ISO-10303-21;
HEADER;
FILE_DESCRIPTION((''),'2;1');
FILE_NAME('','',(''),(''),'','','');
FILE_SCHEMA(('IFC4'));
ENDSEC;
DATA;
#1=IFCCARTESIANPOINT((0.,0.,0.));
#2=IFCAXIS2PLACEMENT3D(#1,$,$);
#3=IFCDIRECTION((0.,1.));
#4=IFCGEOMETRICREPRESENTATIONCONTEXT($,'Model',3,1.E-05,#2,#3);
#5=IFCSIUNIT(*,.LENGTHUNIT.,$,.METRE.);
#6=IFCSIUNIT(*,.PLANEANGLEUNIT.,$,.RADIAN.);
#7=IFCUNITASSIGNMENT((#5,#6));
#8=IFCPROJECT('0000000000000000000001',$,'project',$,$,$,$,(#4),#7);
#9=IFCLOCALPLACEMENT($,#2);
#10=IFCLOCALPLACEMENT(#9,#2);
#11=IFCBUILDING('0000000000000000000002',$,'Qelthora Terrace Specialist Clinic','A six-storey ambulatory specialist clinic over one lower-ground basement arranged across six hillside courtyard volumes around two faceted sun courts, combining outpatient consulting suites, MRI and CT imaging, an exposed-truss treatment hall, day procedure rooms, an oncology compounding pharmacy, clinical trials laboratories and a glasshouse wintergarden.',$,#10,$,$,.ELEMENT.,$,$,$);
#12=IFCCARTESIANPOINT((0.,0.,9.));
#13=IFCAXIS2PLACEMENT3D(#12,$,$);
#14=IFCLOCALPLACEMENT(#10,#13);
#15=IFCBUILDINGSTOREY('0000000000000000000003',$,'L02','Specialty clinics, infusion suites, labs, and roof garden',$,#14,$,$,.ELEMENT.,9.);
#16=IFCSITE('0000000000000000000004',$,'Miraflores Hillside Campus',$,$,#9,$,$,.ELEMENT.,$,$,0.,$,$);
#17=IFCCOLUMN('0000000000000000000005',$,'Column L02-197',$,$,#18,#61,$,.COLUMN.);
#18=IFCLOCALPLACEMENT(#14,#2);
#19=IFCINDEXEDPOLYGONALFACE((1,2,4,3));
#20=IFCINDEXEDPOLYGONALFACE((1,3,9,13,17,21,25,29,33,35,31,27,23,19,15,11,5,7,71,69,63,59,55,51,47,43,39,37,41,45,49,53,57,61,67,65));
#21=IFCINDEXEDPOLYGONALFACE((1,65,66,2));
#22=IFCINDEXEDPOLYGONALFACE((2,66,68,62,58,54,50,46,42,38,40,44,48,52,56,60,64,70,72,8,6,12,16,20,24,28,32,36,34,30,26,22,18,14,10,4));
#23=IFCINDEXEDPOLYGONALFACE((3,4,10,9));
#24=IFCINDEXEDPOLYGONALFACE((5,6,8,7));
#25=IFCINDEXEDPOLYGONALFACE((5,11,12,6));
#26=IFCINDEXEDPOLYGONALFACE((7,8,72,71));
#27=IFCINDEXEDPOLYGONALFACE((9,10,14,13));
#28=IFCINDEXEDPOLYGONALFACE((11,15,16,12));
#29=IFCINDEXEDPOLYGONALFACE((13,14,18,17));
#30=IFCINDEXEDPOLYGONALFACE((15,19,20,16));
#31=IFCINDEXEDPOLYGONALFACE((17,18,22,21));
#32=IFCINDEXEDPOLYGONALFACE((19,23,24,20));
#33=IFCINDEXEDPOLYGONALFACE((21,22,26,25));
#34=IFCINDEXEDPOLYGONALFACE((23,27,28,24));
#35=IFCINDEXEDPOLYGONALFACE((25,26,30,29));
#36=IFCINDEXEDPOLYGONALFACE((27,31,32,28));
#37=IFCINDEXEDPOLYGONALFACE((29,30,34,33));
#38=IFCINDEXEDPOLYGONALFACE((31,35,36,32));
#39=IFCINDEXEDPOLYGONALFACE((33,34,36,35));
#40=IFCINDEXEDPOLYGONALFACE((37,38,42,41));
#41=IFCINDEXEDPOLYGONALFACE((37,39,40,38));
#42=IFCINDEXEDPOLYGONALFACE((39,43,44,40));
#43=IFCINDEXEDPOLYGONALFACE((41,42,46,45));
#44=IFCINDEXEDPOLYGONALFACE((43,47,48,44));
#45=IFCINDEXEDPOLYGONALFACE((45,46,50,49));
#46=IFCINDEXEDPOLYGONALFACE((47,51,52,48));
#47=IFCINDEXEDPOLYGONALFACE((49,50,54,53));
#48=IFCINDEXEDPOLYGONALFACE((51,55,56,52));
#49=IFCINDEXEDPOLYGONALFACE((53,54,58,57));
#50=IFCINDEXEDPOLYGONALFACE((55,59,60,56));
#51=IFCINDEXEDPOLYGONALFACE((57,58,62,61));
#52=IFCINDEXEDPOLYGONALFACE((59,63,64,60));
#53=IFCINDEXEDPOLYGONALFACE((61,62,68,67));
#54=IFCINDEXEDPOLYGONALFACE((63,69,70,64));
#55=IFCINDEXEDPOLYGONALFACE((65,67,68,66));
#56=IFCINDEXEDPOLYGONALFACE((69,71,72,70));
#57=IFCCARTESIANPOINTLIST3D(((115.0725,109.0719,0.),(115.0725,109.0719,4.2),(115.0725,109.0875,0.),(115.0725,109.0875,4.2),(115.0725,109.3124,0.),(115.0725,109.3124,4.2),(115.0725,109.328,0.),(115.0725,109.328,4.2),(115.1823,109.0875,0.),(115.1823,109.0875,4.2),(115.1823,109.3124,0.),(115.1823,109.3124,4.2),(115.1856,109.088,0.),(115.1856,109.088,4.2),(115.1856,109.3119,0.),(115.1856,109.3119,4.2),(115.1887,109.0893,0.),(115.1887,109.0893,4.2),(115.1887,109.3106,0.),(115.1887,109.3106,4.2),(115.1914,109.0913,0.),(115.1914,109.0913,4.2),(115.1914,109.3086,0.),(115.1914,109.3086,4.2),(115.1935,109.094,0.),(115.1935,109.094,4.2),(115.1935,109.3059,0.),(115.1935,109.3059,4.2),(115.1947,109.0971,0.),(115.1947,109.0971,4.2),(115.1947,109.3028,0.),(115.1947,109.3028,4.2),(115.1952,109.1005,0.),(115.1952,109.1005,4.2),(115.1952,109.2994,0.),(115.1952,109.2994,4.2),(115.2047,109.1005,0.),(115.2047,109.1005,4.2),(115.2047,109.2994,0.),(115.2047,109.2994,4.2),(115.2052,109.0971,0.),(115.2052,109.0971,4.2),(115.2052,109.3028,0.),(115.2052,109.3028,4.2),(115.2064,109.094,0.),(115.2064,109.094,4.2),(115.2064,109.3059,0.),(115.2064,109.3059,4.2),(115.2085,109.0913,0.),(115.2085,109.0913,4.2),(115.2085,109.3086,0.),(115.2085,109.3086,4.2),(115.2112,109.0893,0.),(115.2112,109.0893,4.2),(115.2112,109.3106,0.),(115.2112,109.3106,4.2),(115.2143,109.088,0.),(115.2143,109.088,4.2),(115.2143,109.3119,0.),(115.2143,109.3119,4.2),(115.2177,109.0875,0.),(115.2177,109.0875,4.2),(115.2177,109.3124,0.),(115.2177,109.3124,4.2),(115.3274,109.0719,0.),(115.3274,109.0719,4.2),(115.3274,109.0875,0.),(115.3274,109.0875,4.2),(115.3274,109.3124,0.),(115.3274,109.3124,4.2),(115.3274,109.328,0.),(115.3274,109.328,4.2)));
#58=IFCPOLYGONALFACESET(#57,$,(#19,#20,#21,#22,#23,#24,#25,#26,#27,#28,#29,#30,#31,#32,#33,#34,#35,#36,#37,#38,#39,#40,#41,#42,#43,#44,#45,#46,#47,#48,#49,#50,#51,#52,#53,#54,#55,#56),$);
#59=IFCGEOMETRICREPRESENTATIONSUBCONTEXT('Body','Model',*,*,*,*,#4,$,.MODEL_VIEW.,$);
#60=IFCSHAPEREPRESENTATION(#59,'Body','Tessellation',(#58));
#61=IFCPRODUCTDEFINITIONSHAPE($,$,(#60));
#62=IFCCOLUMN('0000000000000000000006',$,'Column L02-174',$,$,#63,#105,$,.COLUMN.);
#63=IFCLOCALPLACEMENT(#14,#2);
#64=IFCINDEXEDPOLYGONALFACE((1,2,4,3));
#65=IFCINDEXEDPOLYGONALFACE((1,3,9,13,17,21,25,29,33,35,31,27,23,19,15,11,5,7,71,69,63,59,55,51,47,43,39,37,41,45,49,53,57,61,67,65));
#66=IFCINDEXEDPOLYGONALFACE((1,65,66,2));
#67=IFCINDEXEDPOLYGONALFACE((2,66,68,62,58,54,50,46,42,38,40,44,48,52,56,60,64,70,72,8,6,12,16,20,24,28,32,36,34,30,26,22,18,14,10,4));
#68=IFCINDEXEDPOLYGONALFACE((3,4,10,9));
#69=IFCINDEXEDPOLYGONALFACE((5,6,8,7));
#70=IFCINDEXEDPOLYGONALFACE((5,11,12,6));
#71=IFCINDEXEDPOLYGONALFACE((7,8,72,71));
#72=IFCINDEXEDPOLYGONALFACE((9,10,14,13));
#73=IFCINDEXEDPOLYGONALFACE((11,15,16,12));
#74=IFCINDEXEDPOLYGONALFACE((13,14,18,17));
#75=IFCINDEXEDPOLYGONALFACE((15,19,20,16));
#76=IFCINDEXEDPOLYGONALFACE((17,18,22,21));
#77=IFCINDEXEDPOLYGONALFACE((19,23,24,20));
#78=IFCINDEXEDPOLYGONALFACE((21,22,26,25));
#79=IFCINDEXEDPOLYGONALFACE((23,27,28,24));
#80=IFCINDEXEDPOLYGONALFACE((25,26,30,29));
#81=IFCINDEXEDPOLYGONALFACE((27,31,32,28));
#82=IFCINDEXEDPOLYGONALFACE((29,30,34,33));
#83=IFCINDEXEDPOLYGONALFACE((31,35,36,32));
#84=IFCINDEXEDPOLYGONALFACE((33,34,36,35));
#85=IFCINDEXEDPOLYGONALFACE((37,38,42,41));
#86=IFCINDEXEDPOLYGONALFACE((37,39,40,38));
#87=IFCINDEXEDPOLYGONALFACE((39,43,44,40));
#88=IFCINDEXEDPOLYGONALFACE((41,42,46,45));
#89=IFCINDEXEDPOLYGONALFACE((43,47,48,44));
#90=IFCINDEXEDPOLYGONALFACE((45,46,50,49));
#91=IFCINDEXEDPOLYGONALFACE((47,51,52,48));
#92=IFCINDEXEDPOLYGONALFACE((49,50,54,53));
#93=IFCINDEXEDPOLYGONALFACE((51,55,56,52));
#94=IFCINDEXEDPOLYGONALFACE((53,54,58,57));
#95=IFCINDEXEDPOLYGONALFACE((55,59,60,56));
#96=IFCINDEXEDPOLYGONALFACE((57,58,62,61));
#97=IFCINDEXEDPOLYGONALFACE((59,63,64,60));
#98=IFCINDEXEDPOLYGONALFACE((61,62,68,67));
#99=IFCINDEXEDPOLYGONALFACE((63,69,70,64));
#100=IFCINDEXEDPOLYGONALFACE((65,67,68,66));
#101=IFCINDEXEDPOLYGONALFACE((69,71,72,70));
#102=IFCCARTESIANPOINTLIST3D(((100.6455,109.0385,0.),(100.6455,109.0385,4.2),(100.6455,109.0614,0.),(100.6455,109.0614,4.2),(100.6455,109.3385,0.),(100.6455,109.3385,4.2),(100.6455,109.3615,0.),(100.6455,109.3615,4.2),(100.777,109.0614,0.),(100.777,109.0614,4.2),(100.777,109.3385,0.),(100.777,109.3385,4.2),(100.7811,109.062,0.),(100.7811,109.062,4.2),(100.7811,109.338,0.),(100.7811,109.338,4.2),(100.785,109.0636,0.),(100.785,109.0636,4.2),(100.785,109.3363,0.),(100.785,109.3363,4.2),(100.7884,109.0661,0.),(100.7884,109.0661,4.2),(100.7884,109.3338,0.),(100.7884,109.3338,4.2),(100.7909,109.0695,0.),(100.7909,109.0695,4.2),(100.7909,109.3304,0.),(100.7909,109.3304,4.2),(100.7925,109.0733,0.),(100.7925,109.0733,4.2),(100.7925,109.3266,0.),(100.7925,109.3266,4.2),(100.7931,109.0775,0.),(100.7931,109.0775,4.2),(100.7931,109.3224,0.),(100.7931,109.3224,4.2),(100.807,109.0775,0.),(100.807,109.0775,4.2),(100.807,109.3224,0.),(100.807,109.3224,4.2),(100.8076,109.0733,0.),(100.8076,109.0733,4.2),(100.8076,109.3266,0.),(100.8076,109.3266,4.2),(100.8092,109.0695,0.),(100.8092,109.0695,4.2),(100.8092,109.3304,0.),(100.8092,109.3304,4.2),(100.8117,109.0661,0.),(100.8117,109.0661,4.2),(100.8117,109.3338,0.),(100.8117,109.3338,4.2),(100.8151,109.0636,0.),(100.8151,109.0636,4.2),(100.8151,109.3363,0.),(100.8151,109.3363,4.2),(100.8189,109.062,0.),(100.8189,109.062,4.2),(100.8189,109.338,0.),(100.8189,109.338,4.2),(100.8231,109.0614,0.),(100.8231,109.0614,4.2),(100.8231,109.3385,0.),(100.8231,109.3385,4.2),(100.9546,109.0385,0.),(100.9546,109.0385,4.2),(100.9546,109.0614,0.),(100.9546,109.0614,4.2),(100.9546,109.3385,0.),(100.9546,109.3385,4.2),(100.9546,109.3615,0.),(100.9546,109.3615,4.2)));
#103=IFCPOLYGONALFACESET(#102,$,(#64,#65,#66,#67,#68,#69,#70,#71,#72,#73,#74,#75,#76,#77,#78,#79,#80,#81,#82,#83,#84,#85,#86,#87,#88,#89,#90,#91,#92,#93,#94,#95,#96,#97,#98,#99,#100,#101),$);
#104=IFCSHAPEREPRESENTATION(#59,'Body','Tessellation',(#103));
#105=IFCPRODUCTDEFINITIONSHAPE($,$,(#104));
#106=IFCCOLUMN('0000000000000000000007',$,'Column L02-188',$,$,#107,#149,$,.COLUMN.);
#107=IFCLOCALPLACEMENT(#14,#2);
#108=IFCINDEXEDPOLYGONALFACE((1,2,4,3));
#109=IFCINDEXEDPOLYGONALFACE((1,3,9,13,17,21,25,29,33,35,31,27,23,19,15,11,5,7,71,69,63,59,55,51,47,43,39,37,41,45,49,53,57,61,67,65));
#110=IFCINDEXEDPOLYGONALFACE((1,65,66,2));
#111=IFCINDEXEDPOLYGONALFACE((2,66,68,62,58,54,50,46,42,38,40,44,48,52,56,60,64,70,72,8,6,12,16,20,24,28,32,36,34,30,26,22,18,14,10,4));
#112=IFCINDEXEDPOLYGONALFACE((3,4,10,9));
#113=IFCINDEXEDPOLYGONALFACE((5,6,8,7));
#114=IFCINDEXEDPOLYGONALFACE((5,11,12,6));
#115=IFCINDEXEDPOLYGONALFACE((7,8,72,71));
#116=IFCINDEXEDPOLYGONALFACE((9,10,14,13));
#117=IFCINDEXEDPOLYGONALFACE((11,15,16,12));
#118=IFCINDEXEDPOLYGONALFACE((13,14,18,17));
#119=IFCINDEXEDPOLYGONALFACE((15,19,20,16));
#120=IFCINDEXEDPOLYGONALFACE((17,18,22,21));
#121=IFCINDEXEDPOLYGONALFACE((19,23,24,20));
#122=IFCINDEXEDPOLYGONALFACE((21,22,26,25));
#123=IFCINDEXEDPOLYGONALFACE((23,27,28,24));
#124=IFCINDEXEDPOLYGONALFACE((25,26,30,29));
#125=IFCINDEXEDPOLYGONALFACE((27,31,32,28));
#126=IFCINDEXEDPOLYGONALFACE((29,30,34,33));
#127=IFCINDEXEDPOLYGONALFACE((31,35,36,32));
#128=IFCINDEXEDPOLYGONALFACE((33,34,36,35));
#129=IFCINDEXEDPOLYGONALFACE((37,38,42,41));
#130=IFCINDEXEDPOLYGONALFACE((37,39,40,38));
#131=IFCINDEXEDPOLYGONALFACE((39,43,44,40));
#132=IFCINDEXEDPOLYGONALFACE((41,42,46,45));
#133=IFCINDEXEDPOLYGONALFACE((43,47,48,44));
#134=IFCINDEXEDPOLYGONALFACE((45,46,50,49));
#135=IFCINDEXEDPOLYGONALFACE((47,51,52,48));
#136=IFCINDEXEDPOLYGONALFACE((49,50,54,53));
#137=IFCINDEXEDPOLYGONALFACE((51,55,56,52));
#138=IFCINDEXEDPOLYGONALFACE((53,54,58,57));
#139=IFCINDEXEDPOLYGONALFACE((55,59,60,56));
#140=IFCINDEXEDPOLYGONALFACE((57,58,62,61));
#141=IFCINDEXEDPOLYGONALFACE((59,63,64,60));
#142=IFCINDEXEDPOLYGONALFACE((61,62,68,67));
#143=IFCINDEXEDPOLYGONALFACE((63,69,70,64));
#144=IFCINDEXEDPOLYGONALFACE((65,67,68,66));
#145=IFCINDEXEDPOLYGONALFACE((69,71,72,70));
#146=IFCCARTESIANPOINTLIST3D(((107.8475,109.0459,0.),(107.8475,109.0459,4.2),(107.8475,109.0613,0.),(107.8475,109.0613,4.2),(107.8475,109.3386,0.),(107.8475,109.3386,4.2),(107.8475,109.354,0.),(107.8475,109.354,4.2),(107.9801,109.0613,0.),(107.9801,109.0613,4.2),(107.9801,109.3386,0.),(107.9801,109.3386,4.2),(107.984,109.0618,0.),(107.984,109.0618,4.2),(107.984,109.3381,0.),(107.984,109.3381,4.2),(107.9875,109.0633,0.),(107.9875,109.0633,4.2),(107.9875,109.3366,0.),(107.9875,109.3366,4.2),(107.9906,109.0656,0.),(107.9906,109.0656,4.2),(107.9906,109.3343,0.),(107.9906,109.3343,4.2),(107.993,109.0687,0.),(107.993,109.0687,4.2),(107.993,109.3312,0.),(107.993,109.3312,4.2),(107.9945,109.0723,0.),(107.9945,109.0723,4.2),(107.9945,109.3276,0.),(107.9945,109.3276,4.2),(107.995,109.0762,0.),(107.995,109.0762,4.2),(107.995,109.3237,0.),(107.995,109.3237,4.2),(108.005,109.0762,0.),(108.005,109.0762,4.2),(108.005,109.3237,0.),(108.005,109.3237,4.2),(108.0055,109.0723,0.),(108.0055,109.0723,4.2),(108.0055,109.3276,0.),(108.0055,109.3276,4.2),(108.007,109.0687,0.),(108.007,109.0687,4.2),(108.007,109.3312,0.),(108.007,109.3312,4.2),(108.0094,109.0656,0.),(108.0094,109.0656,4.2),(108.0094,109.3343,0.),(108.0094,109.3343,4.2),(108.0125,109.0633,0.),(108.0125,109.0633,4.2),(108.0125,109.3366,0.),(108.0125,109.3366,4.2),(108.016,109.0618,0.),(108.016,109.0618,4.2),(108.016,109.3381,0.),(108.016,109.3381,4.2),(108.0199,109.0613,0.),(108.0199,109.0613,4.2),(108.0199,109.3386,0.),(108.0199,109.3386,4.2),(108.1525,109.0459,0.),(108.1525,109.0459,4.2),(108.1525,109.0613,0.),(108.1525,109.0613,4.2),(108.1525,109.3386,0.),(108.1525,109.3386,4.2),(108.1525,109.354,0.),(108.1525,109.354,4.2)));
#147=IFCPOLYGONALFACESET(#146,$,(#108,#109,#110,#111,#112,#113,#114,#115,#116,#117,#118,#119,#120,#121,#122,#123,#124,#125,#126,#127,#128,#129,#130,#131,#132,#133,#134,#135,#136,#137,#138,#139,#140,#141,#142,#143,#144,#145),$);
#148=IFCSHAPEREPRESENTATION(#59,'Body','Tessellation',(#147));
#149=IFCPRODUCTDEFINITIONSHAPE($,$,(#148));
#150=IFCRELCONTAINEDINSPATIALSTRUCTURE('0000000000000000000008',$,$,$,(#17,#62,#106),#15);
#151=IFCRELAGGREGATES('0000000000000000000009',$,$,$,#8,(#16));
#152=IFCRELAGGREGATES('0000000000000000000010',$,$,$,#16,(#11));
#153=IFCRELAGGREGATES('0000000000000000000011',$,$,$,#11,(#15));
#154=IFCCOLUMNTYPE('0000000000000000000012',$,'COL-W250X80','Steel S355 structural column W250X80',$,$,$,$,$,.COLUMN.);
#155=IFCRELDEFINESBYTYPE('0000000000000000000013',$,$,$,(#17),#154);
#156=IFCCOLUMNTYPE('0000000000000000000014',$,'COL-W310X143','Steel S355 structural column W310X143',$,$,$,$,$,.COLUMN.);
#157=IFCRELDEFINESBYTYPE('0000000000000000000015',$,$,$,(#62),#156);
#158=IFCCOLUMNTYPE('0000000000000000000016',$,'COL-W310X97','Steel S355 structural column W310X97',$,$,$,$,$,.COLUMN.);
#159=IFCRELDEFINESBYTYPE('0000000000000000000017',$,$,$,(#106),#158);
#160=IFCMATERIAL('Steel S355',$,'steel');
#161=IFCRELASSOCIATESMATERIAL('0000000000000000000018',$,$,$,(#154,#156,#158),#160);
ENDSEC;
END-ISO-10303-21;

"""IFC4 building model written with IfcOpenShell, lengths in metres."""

from ifc_helpers import new_model, si_unit, direction, frame, origin, origin_2d, place, context, subcontext, project, spatial, i_section, extrude, material, material_profile, profile_set, type_object, element, save


model = new_model("IFC4")

# Units and contexts
model_context = context("Model", 3, precision=1e-05, world=origin(), true_north=direction((0.0, 1.0)))
body_context = subcontext(model_context, "Body", "Model", "MODEL_VIEW")
ifc_project = project(units=[si_unit("LENGTHUNIT", "METRE"), si_unit("PLANEANGLEUNIT", "RADIAN")], contexts=[model_context])

# Site, building, storey
site_placement = place(None, origin())
site = spatial("IfcSite", under=ifc_project, at=site_placement, Name="Miraflores Hillside Campus", CompositionType="ELEMENT", RefElevation=0.0)
building_placement = place(site_placement, origin())
building = spatial("IfcBuilding", under=site, at=building_placement, Name="Qelthora Terrace Specialist Clinic", Description="A six-storey ambulatory specialist clinic over one lower-ground basement arranged across six hillside courtyard volumes around two faceted sun courts, combining outpatient consulting suites, MRI and CT imaging, an exposed-truss treatment hall, day procedure rooms, an oncology compounding pharmacy, clinical trials laboratories and a glasshouse wintergarden.", CompositionType="ELEMENT")
storey_placement = place(building_placement, frame((0.0, 0.0, 9.0)))
storey = spatial("IfcBuildingStorey", under=building, at=storey_placement, Name="L02", Description="Specialty clinics, infusion suites, labs, and roof garden", CompositionType="ELEMENT", Elevation=9.0)

# Columns
ifc_material_1 = material(Name="Steel S355", Category="steel")
ifc_material_profile_1 = material_profile(ifc_material_1, i_section(OverallWidth=0.2549, OverallDepth=0.2561, WebThickness=0.0095, FlangeThickness=0.0156, FilletRadius=0.0129, at=origin_2d()), Name="W250X80")
ifc_profile_set_1 = profile_set([ifc_material_profile_1], Name="Steel S355")
column_type_1 = type_object("IfcColumnType", Name="COL-W250X80", Description="Steel S355 structural column W250X80", PredefinedType="COLUMN", material=ifc_profile_set_1)
column_1_placement = place(storey_placement, frame((115.2, 109.2, 0.0), z_axis=(0.0, 0.0, 1.0), x_axis=(1.0, 0.0, 0.0)))
element("IfcColumn", 1, at=column_1_placement, inside=storey, type_object=column_type_1, Name="Column L02-197", PredefinedType="COLUMN", context=body_context, shape_type="SweptSolid", body=[
    extrude(i_section(OverallWidth=0.2549, OverallDepth=0.2561, WebThickness=0.0095, FlangeThickness=0.0156, FilletRadius=0.0129, at=origin_2d()), origin(), (0.0, 0.0, 1.0), 4.2),
])
ifc_material_profile_2 = material_profile(ifc_material_1, i_section(OverallWidth=0.3091, OverallDepth=0.323, WebThickness=0.0139, FlangeThickness=0.0229, FilletRadius=0.0161, at=origin_2d()), Name="W310X143")
ifc_profile_set_2 = profile_set([ifc_material_profile_2], Name="Steel S355")
column_type_2 = type_object("IfcColumnType", Name="COL-W310X143", Description="Steel S355 structural column W310X143", PredefinedType="COLUMN", material=ifc_profile_set_2)
column_2_placement = place(storey_placement, frame((100.8, 109.2, 0.0), z_axis=(0.0, 0.0, 1.0), x_axis=(1.0, 0.0, 0.0)))
element("IfcColumn", 2, at=column_2_placement, inside=storey, type_object=column_type_2, Name="Column L02-174", PredefinedType="COLUMN", context=body_context, shape_type="SweptSolid", body=[
    extrude(i_section(OverallWidth=0.3091, OverallDepth=0.323, WebThickness=0.0139, FlangeThickness=0.0229, FilletRadius=0.0161, at=origin_2d()), origin(), (0.0, 0.0, 1.0), 4.2),
])
ifc_material_profile_3 = material_profile(ifc_material_1, i_section(OverallWidth=0.3049, OverallDepth=0.3081, WebThickness=0.01, FlangeThickness=0.0154, FilletRadius=0.0149, at=origin_2d()), Name="W310X97")
ifc_profile_set_3 = profile_set([ifc_material_profile_3], Name="Steel S355")
column_type_3 = type_object("IfcColumnType", Name="COL-W310X97", Description="Steel S355 structural column W310X97", PredefinedType="COLUMN", material=ifc_profile_set_3)
column_3_placement = place(storey_placement, frame((108.0, 109.2, 0.0), z_axis=(0.0, 0.0, 1.0), x_axis=(1.0, 0.0, 0.0)))
element("IfcColumn", 3, at=column_3_placement, inside=storey, type_object=column_type_3, Name="Column L02-188", PredefinedType="COLUMN", context=body_context, shape_type="SweptSolid", body=[
    extrude(i_section(OverallWidth=0.3049, OverallDepth=0.3081, WebThickness=0.01, FlangeThickness=0.0154, FilletRadius=0.0149, at=origin_2d()), origin(), (0.0, 0.0, 1.0), 4.2),
])

save(model, "model.ifc")
